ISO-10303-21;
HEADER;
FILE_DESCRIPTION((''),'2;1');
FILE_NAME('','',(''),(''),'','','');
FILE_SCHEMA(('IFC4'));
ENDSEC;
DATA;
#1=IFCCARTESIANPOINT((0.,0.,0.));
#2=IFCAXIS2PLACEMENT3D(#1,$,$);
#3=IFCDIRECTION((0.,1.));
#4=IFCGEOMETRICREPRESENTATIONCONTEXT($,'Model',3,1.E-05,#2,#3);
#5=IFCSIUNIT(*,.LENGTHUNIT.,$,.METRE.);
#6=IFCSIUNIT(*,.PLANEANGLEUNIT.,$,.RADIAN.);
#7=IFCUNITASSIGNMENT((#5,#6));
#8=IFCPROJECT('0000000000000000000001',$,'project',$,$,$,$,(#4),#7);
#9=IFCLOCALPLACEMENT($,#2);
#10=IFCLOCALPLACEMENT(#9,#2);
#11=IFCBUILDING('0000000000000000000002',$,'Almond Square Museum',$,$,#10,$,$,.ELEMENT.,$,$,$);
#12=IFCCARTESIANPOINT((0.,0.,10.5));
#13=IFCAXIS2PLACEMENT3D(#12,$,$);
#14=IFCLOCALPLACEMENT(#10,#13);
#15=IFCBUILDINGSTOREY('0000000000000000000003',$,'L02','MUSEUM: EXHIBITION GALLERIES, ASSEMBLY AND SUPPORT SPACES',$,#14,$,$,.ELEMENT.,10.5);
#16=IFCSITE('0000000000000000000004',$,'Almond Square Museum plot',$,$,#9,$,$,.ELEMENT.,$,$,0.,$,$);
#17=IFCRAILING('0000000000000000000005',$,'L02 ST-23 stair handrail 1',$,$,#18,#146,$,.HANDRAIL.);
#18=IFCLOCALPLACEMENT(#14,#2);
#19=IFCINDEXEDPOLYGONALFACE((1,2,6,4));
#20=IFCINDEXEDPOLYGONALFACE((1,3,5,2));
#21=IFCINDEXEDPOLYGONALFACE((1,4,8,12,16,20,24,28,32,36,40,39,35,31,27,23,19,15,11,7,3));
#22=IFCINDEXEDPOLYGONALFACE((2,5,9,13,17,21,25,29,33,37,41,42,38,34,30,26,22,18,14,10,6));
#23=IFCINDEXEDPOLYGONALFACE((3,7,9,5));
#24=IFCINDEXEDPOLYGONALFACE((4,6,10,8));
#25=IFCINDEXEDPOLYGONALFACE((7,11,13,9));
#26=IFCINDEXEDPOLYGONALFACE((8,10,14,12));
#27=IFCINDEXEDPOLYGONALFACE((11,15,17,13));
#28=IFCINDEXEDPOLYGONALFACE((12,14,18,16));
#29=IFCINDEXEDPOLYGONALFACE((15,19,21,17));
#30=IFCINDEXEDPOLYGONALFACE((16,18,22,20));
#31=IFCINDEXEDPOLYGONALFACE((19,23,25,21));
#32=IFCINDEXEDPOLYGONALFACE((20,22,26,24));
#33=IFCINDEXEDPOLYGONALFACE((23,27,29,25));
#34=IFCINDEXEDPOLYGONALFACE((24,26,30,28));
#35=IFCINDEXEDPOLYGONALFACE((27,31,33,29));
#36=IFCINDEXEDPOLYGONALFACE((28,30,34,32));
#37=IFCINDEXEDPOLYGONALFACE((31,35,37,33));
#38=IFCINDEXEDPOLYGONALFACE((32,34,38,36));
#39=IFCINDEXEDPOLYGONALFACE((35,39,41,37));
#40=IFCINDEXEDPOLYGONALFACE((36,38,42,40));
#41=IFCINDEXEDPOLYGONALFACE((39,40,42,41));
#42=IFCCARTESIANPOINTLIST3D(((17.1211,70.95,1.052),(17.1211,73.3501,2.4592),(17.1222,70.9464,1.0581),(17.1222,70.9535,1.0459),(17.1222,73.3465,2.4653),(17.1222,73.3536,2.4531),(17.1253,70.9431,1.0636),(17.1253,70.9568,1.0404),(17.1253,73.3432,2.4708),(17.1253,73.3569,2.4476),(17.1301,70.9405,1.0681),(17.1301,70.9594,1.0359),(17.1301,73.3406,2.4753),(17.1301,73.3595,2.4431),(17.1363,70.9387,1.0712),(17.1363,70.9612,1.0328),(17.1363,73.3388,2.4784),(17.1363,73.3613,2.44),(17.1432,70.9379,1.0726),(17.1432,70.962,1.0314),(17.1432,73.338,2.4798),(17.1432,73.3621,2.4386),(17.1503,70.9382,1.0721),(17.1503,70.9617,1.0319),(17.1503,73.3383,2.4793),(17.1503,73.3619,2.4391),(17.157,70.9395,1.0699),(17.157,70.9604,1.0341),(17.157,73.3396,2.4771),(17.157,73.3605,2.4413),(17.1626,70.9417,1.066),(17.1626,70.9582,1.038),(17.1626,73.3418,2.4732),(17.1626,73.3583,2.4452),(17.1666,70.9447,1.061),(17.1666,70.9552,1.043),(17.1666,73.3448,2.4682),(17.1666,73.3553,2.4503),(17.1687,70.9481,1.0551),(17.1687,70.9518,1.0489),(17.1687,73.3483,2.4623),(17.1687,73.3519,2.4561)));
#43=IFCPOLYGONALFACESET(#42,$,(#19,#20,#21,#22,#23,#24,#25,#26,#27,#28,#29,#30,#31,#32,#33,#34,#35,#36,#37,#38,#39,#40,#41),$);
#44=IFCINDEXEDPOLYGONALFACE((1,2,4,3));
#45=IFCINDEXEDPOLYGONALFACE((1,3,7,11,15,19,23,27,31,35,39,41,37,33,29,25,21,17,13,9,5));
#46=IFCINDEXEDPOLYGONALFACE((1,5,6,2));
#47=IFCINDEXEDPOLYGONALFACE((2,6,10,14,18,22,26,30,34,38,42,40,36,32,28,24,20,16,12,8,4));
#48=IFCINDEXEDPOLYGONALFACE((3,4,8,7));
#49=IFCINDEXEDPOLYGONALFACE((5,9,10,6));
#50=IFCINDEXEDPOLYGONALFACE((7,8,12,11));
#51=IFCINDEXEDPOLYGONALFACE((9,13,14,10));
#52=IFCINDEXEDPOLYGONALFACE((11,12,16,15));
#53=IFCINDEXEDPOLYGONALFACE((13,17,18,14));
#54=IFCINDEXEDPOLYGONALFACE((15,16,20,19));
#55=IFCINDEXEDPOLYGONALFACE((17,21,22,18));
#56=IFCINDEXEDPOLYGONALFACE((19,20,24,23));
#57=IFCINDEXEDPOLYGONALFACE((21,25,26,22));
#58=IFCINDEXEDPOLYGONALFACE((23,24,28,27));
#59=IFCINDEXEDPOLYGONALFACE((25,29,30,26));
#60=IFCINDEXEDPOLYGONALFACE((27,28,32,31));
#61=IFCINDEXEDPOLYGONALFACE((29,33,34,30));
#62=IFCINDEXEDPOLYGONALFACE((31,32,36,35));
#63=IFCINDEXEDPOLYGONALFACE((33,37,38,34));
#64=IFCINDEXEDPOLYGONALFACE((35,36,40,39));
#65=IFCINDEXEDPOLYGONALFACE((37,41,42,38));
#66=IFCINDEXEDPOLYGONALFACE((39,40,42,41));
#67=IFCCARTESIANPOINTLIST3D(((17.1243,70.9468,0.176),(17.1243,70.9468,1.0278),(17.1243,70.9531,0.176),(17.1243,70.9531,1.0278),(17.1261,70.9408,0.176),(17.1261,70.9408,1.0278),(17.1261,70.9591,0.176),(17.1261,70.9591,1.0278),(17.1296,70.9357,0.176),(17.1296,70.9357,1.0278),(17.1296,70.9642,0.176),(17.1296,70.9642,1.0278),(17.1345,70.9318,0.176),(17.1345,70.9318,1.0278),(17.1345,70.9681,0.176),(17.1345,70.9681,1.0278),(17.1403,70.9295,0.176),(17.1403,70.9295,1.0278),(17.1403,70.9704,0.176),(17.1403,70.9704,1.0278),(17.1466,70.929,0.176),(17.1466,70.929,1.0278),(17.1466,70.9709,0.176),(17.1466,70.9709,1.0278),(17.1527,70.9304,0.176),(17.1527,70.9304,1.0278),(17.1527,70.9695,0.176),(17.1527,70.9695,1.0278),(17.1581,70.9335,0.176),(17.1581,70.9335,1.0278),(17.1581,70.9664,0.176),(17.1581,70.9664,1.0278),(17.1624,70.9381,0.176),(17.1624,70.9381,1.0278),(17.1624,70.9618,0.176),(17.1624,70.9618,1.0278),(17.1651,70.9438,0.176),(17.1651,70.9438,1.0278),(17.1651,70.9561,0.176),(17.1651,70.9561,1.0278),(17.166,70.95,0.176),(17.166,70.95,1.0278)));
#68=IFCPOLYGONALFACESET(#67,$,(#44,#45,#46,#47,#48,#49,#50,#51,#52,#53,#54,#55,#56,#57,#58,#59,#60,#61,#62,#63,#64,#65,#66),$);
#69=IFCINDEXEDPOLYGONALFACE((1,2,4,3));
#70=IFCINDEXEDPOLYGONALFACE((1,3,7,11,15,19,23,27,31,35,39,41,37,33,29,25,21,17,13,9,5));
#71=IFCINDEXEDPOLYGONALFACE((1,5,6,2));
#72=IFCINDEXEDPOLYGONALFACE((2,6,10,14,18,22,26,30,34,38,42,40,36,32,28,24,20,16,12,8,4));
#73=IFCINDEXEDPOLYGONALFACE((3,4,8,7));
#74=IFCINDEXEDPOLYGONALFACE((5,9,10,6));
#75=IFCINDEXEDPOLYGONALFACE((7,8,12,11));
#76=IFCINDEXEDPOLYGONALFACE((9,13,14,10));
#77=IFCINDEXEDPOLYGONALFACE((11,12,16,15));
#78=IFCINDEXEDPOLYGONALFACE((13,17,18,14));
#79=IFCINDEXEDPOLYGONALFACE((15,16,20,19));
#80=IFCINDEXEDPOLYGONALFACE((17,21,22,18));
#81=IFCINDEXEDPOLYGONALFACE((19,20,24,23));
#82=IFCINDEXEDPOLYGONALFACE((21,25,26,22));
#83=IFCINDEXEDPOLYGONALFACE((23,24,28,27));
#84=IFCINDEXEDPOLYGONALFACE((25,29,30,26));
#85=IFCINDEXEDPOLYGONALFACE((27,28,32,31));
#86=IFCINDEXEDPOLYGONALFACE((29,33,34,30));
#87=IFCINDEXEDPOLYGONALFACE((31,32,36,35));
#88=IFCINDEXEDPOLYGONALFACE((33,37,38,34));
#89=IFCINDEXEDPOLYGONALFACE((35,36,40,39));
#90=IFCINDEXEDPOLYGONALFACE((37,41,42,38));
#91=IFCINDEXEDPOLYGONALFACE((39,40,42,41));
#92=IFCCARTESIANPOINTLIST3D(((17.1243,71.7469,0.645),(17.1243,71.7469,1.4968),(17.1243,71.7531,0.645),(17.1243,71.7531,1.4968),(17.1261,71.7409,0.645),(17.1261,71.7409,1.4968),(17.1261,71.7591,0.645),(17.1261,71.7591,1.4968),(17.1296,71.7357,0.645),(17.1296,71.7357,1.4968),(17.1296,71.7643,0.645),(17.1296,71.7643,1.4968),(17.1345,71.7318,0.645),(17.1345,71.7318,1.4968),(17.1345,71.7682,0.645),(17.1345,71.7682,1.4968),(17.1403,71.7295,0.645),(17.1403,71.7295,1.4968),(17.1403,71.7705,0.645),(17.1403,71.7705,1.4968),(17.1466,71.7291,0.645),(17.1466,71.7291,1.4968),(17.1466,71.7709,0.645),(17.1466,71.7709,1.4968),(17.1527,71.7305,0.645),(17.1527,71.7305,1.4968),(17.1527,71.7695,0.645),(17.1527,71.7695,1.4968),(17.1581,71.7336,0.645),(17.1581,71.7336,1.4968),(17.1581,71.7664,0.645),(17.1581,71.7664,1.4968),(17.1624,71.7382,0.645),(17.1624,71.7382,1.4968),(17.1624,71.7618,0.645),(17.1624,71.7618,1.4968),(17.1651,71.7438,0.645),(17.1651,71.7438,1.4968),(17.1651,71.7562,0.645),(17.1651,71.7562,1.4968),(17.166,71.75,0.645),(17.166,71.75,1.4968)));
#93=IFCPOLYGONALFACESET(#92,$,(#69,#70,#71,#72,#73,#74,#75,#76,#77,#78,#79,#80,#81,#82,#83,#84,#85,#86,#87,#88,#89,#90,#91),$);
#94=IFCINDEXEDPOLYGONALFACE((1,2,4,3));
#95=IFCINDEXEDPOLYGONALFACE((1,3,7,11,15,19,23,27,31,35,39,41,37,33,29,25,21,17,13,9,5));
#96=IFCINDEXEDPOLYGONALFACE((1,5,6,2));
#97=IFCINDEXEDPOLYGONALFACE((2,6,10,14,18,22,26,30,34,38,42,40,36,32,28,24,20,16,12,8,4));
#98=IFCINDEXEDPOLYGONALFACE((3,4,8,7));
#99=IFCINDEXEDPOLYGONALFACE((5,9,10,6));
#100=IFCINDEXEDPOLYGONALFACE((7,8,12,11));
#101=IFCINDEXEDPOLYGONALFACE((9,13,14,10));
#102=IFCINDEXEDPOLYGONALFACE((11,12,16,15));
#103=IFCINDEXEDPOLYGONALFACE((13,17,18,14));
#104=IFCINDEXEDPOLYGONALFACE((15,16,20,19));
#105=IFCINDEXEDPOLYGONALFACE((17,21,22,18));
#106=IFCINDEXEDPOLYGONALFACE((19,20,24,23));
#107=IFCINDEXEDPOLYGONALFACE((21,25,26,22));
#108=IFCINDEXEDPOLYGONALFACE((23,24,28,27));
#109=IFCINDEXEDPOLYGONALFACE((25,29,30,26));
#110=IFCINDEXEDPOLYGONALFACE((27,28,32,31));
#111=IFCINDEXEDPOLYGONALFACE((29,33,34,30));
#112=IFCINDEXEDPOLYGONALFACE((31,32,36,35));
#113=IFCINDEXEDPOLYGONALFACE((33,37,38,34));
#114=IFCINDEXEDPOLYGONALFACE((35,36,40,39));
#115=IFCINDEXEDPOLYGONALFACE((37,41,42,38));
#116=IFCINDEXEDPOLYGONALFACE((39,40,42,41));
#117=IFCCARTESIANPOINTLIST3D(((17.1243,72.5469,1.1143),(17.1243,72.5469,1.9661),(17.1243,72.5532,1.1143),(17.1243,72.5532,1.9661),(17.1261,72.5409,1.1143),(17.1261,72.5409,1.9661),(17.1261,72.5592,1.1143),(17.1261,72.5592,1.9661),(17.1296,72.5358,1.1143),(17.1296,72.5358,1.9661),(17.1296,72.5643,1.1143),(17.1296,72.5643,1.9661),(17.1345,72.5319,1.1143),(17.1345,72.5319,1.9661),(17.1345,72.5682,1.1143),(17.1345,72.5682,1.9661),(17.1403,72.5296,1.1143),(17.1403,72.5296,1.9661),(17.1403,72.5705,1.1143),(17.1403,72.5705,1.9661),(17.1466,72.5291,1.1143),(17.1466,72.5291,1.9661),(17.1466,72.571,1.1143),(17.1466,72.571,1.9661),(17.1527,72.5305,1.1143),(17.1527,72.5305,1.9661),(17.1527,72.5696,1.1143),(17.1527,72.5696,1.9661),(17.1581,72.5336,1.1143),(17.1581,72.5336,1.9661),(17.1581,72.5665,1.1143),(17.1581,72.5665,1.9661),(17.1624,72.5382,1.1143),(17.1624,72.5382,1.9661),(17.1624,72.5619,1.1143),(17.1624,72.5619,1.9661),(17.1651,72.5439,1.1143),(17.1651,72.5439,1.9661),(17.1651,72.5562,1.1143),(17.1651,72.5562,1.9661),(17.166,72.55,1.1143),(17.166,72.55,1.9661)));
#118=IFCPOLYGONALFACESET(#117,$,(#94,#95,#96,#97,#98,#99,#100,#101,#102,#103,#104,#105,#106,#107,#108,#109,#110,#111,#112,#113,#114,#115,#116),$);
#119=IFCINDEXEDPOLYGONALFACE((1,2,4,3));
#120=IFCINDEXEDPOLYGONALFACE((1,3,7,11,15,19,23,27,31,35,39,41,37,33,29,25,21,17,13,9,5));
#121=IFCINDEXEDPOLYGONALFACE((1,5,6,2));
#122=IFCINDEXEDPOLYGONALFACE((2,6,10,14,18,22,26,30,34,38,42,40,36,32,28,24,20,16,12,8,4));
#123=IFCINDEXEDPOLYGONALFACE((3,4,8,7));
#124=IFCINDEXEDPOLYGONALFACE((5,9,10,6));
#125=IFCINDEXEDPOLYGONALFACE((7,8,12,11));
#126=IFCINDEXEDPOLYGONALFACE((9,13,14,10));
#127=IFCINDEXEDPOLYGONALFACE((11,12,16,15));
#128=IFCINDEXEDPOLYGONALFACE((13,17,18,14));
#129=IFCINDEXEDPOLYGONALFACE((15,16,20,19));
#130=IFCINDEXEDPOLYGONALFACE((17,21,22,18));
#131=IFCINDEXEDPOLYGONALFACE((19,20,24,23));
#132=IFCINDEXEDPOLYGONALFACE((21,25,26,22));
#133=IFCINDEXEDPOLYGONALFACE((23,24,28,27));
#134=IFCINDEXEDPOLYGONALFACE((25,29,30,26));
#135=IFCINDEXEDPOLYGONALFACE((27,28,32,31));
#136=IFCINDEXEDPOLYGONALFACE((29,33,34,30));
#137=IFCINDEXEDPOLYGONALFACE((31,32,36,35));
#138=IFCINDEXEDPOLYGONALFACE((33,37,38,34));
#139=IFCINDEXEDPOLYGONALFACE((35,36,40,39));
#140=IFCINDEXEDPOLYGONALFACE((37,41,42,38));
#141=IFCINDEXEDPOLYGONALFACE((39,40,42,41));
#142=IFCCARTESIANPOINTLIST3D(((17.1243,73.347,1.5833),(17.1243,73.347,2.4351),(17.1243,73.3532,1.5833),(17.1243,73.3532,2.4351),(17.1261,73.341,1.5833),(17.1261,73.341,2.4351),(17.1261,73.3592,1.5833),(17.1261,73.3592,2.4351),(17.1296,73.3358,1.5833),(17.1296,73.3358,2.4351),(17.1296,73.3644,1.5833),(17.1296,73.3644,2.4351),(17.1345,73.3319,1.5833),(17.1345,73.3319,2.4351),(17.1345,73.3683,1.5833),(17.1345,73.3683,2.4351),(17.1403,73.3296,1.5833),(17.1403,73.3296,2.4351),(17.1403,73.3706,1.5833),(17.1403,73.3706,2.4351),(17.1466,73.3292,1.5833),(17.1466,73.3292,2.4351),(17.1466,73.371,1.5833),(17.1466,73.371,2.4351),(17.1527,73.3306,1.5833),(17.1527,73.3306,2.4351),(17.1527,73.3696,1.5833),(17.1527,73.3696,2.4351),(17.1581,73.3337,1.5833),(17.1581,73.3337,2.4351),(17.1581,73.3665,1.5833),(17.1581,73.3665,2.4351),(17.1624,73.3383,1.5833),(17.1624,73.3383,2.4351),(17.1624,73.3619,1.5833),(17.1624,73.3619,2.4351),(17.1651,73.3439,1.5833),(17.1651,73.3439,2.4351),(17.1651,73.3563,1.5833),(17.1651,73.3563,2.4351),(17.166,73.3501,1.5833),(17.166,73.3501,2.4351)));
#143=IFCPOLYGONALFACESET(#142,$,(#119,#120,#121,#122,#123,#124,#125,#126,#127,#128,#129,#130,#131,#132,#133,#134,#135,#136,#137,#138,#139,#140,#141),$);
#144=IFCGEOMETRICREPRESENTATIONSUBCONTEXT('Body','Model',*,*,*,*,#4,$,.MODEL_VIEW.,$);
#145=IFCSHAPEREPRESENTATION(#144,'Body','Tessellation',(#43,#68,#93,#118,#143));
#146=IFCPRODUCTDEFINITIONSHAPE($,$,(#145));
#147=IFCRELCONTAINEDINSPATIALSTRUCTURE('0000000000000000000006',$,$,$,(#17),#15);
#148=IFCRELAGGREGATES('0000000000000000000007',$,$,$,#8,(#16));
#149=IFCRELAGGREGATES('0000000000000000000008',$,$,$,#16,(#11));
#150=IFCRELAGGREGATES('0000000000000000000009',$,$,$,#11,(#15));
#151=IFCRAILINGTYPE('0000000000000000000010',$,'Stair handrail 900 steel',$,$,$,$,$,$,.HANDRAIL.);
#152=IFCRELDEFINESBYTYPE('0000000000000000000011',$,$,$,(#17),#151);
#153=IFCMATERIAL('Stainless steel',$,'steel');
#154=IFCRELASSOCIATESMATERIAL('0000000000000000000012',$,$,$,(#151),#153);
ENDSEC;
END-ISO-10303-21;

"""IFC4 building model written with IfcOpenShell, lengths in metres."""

from ifc_helpers import new_model, si_unit, direction, frame, origin, origin_2d, place, context, subcontext, project, spatial, circle, extrude, material, type_object, element, save


model = new_model("IFC4")

# Units and contexts
model_context = context("Model", 3, precision=1e-05, world=origin(), true_north=direction((0.0, 1.0)))
body_context = subcontext(model_context, "Body", "Model", "MODEL_VIEW")
ifc_project = project(units=[si_unit("LENGTHUNIT", "METRE"), si_unit("PLANEANGLEUNIT", "RADIAN")], contexts=[model_context])

# Site, building, storey
site_placement = place(None, origin())
site = spatial("IfcSite", under=ifc_project, at=site_placement, Name="Almond Square Museum plot", CompositionType="ELEMENT", RefElevation=0.0)
building_placement = place(site_placement, origin())
building = spatial("IfcBuilding", under=site, at=building_placement, Name="Almond Square Museum", CompositionType="ELEMENT")
storey_placement = place(building_placement, frame((0.0, 0.0, 10.5)))
storey = spatial("IfcBuildingStorey", under=building, at=storey_placement, Name="L02", Description="MUSEUM: EXHIBITION GALLERIES, ASSEMBLY AND SUPPORT SPACES", CompositionType="ELEMENT", Elevation=10.5)

# Railing
ifc_material_1 = material(Name="Stainless steel", Category="steel")
railing_type_1 = type_object("IfcRailingType", Name="Stair handrail 900 steel", PredefinedType="HANDRAIL", material=ifc_material_1)
railing_1_placement = place(storey_placement, frame((17.145, 70.95, 0.176)))
element("IfcRailing", 1, at=railing_1_placement, inside=storey, type_object=railing_type_1, Name="L02 ST-23 stair handrail 1", PredefinedType="HANDRAIL", context=body_context, shape_type="SweptSolid", body=[
    extrude(circle(Radius=0.0239, at=origin_2d()), frame((0.0, 0.0, 0.876), z_axis=(0.0, 0.86266, 0.505785), x_axis=(-1.0, 0.0, 0.0)), (0.0, 0.0, 1.0), 2.7822),
    extrude(circle(Radius=0.021, at=origin_2d()), origin(), (0.0, 0.0, 1.0), 0.8518),
    extrude(circle(Radius=0.021, at=origin_2d()), frame((0.0, 0.8, 0.469)), (0.0, 0.0, 1.0), 0.8518),
    extrude(circle(Radius=0.021, at=origin_2d()), frame((0.0, 1.6001, 0.9382)), (0.0, 0.0, 1.0), 0.8518),
    extrude(circle(Radius=0.021, at=origin_2d()), frame((0.0, 2.4001, 1.4072)), (0.0, 0.0, 1.0), 0.8518),
])

save(model, "model.ifc")
